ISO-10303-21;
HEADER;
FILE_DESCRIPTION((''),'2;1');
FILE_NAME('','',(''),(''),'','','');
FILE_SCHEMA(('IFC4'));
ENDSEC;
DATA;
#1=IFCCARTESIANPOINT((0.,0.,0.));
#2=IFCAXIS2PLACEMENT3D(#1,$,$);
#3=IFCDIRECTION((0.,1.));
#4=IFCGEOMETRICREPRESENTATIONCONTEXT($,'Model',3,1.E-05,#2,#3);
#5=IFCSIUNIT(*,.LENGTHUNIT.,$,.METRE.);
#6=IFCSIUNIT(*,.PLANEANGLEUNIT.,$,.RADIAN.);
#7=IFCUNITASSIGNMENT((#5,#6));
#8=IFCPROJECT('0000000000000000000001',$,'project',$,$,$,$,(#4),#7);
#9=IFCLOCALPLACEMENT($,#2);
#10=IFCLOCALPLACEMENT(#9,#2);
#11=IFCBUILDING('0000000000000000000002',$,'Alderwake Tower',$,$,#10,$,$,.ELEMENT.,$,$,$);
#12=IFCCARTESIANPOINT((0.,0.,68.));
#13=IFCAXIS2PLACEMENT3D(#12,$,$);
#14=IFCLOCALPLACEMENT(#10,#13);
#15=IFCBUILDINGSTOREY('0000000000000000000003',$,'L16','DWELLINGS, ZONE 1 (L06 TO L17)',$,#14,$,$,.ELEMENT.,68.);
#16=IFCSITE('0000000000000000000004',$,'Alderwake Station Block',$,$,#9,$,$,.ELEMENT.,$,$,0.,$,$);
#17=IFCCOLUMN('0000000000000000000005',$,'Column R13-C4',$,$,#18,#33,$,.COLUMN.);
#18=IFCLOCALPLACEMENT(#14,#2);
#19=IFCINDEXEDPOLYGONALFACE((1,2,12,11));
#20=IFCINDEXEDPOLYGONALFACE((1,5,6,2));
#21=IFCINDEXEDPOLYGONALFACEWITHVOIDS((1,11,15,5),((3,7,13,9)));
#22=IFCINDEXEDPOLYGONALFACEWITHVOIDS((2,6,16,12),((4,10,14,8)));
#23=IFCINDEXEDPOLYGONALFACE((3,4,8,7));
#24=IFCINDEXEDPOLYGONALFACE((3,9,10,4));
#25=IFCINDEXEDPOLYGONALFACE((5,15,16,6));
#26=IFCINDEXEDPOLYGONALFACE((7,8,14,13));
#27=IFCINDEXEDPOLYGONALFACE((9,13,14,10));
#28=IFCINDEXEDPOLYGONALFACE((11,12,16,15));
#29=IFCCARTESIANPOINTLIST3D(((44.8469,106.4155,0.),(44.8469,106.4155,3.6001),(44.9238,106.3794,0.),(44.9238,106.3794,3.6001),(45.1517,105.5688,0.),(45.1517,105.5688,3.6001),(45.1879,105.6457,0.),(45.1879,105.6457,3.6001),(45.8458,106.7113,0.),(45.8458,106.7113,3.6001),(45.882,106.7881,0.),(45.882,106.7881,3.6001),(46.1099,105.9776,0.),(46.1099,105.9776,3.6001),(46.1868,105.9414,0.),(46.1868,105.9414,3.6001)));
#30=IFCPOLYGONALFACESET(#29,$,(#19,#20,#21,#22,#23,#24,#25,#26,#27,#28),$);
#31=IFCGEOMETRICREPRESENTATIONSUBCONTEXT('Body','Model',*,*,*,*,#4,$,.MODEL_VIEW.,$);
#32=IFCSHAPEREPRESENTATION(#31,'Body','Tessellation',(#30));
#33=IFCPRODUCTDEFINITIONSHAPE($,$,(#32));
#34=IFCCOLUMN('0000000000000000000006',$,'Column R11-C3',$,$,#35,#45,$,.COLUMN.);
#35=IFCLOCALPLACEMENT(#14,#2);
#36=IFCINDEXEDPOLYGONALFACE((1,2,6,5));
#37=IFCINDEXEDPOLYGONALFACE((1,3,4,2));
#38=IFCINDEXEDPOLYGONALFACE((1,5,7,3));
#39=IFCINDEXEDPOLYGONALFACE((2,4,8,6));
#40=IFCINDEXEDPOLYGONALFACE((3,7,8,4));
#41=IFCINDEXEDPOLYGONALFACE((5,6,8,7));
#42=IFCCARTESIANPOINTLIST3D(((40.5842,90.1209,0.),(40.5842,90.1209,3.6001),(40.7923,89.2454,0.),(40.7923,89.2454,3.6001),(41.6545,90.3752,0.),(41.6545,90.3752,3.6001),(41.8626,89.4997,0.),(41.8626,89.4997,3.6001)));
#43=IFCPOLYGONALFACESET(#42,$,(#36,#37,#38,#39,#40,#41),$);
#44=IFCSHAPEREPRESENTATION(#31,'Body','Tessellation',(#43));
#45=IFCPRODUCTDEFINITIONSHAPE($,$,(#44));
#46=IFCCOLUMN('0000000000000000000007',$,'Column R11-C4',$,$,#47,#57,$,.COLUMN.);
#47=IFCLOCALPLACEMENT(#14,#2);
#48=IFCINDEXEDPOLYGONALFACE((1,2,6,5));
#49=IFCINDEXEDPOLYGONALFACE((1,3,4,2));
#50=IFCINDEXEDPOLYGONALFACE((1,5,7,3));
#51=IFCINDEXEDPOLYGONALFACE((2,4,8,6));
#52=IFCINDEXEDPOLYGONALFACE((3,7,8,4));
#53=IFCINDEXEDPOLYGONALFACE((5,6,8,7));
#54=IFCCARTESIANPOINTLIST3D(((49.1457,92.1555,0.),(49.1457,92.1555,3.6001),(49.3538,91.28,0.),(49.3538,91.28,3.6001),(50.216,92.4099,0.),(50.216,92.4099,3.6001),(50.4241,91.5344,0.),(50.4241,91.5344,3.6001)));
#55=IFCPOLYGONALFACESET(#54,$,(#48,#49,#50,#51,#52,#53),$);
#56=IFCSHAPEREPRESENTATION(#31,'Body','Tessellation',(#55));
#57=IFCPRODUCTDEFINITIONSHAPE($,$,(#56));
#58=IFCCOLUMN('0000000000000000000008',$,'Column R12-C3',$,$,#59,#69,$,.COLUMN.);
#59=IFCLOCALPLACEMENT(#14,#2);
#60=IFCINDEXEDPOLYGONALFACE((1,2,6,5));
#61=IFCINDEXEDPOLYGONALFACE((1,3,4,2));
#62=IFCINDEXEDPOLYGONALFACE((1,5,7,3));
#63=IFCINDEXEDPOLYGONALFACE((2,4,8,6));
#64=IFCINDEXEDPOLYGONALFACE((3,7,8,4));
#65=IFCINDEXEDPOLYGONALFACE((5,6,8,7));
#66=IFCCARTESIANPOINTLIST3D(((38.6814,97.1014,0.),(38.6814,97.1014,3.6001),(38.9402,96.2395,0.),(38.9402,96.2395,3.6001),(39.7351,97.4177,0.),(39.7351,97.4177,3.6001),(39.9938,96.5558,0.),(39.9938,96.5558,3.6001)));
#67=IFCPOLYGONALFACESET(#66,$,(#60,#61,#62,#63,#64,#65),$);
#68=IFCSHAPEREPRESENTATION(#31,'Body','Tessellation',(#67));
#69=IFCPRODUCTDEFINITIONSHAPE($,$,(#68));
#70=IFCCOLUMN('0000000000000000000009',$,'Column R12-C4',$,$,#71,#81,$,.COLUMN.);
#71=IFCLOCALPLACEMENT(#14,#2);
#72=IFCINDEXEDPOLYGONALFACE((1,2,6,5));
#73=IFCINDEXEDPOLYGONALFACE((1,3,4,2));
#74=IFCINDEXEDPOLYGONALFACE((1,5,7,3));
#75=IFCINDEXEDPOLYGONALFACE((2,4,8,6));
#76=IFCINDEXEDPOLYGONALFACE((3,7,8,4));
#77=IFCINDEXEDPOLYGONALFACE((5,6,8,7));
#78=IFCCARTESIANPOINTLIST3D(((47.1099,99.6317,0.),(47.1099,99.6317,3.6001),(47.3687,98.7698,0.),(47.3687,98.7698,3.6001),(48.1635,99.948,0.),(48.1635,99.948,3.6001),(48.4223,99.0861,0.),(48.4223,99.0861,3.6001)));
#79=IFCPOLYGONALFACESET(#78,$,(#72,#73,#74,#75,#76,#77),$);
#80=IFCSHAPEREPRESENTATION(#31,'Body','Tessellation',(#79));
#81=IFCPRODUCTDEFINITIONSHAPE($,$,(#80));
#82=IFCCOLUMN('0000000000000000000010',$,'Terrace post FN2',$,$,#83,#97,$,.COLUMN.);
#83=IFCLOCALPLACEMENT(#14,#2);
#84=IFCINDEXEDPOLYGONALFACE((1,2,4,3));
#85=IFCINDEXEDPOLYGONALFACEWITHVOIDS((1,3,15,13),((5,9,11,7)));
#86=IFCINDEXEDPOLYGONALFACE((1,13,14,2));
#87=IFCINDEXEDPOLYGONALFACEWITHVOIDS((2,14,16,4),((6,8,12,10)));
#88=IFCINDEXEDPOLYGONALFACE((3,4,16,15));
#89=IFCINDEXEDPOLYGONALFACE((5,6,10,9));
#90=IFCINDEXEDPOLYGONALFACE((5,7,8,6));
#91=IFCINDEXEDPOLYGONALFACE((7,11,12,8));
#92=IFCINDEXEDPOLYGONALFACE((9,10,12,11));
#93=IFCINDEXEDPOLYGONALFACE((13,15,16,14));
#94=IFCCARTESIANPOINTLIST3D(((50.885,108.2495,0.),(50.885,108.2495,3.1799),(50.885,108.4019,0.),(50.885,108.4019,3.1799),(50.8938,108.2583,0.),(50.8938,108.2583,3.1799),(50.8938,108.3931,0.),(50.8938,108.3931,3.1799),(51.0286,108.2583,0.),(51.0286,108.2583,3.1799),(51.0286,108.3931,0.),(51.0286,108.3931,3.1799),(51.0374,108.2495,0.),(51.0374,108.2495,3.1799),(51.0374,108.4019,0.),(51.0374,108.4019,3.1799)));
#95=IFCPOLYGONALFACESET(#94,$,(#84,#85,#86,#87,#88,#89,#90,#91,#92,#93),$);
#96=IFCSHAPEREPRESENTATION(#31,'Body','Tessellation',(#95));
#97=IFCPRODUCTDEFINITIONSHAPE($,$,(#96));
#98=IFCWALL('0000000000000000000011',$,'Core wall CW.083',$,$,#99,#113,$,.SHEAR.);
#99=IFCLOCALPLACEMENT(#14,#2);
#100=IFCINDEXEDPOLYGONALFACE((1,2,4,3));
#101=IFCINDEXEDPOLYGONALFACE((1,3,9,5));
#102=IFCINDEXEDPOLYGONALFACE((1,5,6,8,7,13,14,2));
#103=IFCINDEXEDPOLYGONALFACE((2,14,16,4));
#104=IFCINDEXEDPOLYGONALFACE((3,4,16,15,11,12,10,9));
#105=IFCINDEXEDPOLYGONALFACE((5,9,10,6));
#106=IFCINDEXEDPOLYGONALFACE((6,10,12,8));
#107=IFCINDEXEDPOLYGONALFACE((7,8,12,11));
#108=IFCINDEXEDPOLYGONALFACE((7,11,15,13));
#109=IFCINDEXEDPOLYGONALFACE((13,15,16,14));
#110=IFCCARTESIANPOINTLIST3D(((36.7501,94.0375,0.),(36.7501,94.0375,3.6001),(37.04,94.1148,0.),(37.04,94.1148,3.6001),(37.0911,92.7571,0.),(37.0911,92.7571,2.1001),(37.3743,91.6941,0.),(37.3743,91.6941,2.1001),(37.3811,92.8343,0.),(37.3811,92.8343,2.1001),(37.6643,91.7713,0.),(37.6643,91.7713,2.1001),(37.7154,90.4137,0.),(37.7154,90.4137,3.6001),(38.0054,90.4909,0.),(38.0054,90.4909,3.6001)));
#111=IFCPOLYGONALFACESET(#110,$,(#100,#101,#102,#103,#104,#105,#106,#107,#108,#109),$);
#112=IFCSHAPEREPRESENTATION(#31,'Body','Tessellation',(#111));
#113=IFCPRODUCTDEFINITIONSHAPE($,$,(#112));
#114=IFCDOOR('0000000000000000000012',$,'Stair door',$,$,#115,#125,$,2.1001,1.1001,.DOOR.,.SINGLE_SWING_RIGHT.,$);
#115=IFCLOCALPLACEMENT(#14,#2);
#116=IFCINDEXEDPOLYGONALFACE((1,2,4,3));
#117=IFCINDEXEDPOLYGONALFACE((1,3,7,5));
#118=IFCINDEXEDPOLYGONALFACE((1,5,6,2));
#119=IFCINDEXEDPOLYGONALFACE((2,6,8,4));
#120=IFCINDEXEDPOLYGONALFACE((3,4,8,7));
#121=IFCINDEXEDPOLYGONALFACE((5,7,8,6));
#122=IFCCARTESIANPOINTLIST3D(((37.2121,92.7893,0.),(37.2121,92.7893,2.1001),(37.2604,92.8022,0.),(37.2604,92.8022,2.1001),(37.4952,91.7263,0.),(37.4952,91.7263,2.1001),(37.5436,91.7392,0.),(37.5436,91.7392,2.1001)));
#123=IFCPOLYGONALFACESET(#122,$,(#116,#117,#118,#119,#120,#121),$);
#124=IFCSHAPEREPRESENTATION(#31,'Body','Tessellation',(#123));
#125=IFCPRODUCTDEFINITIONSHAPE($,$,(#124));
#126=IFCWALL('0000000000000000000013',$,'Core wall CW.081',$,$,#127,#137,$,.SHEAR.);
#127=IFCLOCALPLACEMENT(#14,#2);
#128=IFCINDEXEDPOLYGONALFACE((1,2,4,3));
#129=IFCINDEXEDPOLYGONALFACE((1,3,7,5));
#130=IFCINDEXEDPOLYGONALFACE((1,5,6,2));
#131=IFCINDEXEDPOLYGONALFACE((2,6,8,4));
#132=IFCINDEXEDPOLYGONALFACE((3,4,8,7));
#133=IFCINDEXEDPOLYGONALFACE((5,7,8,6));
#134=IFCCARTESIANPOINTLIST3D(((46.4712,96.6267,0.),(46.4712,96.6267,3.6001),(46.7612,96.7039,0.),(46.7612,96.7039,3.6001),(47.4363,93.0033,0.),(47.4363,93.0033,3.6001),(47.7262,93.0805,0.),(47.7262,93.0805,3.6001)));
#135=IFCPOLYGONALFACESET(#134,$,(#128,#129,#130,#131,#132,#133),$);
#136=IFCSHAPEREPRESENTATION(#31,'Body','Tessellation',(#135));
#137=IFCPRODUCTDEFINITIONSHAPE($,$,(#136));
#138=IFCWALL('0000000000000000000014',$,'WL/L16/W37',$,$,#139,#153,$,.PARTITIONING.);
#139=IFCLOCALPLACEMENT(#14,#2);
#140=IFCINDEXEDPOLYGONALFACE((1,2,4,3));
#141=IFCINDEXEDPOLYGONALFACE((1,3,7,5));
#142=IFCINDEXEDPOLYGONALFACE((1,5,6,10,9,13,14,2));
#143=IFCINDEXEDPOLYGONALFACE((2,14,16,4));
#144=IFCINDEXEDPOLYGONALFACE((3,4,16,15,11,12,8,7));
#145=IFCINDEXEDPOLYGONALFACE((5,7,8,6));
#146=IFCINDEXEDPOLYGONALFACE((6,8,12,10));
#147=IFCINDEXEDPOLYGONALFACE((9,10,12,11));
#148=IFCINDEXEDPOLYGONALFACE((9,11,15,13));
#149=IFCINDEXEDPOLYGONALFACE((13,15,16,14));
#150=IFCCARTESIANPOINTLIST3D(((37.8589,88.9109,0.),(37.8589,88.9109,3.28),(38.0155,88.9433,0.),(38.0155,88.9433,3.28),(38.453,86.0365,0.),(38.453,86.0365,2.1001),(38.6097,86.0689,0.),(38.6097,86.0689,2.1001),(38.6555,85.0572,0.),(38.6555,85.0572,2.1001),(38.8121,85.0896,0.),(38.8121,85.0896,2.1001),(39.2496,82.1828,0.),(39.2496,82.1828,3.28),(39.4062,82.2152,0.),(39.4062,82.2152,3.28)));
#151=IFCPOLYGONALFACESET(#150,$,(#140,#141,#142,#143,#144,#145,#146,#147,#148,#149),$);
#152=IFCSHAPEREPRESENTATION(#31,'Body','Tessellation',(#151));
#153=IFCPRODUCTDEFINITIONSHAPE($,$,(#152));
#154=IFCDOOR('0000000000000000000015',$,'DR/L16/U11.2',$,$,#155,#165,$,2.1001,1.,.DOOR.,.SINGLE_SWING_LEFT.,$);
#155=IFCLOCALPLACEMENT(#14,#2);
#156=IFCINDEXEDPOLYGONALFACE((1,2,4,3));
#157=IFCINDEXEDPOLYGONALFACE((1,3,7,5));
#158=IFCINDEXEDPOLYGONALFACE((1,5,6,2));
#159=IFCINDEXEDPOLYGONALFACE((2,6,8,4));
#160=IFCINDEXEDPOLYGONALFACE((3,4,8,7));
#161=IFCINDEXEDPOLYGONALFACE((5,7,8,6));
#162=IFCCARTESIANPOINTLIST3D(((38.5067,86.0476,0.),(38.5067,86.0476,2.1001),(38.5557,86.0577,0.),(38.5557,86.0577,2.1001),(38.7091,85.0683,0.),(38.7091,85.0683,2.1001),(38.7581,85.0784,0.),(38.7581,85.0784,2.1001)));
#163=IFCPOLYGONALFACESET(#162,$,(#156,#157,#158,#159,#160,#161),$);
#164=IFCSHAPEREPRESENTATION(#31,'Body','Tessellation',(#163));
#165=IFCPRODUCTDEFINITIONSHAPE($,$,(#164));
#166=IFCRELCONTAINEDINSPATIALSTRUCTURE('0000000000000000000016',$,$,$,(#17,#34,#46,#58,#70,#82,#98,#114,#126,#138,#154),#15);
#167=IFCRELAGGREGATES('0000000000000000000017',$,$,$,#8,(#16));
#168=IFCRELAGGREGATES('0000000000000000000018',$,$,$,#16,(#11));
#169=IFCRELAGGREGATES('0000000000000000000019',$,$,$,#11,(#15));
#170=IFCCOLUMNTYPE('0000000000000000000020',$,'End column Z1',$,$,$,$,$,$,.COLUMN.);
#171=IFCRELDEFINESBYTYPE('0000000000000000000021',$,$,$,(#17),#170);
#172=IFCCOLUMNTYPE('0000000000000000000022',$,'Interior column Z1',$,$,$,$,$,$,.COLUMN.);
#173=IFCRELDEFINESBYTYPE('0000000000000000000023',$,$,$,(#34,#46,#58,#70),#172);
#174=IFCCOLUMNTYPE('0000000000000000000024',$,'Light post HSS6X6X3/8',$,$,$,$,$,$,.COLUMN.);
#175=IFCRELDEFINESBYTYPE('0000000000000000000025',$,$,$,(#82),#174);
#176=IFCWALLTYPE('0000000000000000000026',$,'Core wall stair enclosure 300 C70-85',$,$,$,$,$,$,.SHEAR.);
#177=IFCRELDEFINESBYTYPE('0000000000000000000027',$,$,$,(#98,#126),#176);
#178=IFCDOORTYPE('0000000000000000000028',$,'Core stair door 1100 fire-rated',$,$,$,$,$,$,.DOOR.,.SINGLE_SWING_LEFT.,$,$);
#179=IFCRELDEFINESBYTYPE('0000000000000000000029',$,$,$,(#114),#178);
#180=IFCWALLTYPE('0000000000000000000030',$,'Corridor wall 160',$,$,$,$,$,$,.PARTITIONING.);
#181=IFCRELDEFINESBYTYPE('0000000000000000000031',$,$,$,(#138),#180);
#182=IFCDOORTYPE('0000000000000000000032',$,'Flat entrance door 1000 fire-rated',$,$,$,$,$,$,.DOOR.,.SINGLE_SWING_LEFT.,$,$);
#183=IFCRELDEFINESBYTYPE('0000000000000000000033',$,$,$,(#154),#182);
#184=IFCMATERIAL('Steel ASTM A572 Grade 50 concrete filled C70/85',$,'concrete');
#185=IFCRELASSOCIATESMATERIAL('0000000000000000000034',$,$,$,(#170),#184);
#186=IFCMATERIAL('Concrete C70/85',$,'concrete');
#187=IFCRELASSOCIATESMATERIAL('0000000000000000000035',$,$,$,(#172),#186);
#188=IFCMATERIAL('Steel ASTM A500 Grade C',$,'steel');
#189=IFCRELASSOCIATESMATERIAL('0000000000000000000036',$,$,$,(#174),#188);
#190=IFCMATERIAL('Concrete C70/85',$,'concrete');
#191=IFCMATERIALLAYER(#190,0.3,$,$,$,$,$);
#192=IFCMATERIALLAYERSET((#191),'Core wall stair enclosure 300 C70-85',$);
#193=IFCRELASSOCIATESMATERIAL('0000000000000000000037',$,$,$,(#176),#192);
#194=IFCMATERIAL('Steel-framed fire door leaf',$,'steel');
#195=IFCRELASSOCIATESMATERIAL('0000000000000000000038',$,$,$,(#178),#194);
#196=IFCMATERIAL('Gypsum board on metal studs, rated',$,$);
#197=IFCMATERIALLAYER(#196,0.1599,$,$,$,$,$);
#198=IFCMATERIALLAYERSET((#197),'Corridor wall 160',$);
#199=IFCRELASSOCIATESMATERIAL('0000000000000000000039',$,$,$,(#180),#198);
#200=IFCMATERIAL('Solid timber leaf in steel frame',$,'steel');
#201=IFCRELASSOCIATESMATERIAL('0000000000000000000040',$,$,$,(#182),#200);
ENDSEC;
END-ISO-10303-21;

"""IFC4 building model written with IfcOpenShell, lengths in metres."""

from ifc_helpers import new_model, si_unit, direction, frame, frame_2d, origin, origin_2d, place, context, subcontext, project, spatial, rectangle, hollow_rectangle, extrude, material, layer, layer_set, material_profile, profile_set, type_object, element, fill, save


model = new_model("IFC4")

# Units and contexts
model_context = context("Model", 3, precision=1e-05, world=origin(), true_north=direction((0.0, 1.0)))
body_context = subcontext(model_context, "Body", "Model", "MODEL_VIEW")
ifc_project = project(units=[si_unit("LENGTHUNIT", "METRE"), si_unit("PLANEANGLEUNIT", "RADIAN")], contexts=[model_context])

# Site, building, storey
site_placement = place(None, origin())
site = spatial("IfcSite", under=ifc_project, at=site_placement, Name="Alderwake Station Block", CompositionType="ELEMENT", RefElevation=0.0)
building_placement = place(site_placement, origin())
building = spatial("IfcBuilding", under=site, at=building_placement, Name="Alderwake Tower", CompositionType="ELEMENT")
storey_placement = place(building_placement, frame((0.0, 0.0, 68.0)))
storey = spatial("IfcBuildingStorey", under=building, at=storey_placement, Name="L16", Description="DWELLINGS, ZONE 1 (L06 TO L17)", CompositionType="ELEMENT", Elevation=68.0)

# Columns
ifc_material_1 = material(Name="Steel ASTM A572 Grade 50 concrete filled C70/85", Category="concrete")
ifc_material_profile_1 = material_profile(ifc_material_1, hollow_rectangle(XDim=0.8999, YDim=1.1001, WallThickness=0.0601, at=origin_2d()), Name="BOX 1100X900X60")
ifc_profile_set_1 = profile_set([ifc_material_profile_1], Name="Steel ASTM A572 Grade 50 concrete filled C70/85")
column_type_1 = type_object("IfcColumnType", Name="End column Z1", PredefinedType="COLUMN", material=ifc_profile_set_1)
column_1_placement = place(storey_placement, frame((45.5168, 106.1785, 0.0), z_axis=(0.0, 0.0, 1.0), x_axis=(-0.338669, 0.940906, 0.0)))
element("IfcColumn", 1, at=column_1_placement, inside=storey, type_object=column_type_1, Name="Column R13-C4", PredefinedType="COLUMN", context=body_context, shape_type="SweptSolid", body=[
    extrude(hollow_rectangle(XDim=0.8999, YDim=1.1001, WallThickness=0.0601, at=origin_2d()), origin(), (0.0, 0.0, 1.0), 3.6001),
])
ifc_material_2 = material(Name="Concrete C70/85", Category="concrete")
ifc_material_profile_2 = material_profile(ifc_material_2, rectangle(XDim=0.8999, YDim=1.1001, at=origin_2d()), Name="RC 1100X900")
ifc_profile_set_2 = profile_set([ifc_material_profile_2], Name="Concrete C70/85")
column_type_2 = type_object("IfcColumnType", Name="Interior column Z1", PredefinedType="COLUMN", material=ifc_profile_set_2)
for number, where, z_axis, x_axis, name in (
    (2, (41.2234, 89.8103, 0.0), (0.0, 0.0, 1.0), (-0.231222, 0.972901, 0.0), "Column R11-C3"),
    (3, (49.7849, 91.845, 0.0), (0.0, 0.0, 1.0), (-0.231222, 0.972901, 0.0), "Column R11-C4"),
    (4, (39.3376, 96.8286, 0.0), (0.0, 0.0, 1.0), (-0.287549, 0.957766, 0.0), "Column R12-C3"),
    (5, (47.7661, 99.3589, 0.0), (0.0, 0.0, 1.0), (-0.287549, 0.957766, 0.0), "Column R12-C4"),
):
    element("IfcColumn", number, at=place(storey_placement, frame(where, z_axis=z_axis, x_axis=x_axis)), inside=storey, type_object=column_type_2, Name=name, PredefinedType="COLUMN", context=body_context, shape_type="SweptSolid", body=[
        extrude(rectangle(XDim=0.8999, YDim=1.1001, at=origin_2d()), origin(), (0.0, 0.0, 1.0), 3.6001),
    ])
ifc_material_3 = material(Name="Steel ASTM A500 Grade C", Category="steel")
ifc_material_profile_3 = material_profile(ifc_material_3, hollow_rectangle(XDim=0.1523, YDim=0.1523, WallThickness=0.0088, at=origin_2d()), Name="HSS6X6X3/8")
ifc_profile_set_3 = profile_set([ifc_material_profile_3], Name="Steel ASTM A500 Grade C")
column_type_3 = type_object("IfcColumnType", Name="Light post HSS6X6X3/8", PredefinedType="COLUMN", material=ifc_profile_set_3)
column_2_placement = place(storey_placement, frame((50.9612, 108.3257, 0.0), z_axis=(0.0, 0.0, 1.0), x_axis=(1.0, 0.0, 0.0)))
element("IfcColumn", 6, at=column_2_placement, inside=storey, type_object=column_type_3, Name="Terrace post FN2", PredefinedType="COLUMN", context=body_context, shape_type="SweptSolid", body=[
    extrude(hollow_rectangle(XDim=0.1523, YDim=0.1523, WallThickness=0.0088, at=origin_2d()), origin(), (0.0, 0.0, 1.0), 3.1799),
])

# Wall, opening, door
ifc_material_4 = material(Name="Concrete C70/85", Category="concrete")
ifc_layer_1 = layer(ifc_material_4, 0.3)
ifc_layer_set_1 = layer_set([ifc_layer_1], Name="Core wall stair enclosure 300 C70-85")
wall_type_1 = type_object("IfcWallType", Name="Core wall stair enclosure 300 C70-85", PredefinedType="SHEAR", material=ifc_layer_set_1)
wall_1_placement = place(storey_placement, frame((37.8604, 90.4524, 0.0), z_axis=(0.0, 0.0, 1.0), x_axis=(-0.257411, 0.966302, 0.0)))
wall_1 = element("IfcWall", 7, at=wall_1_placement, inside=storey, type_object=wall_type_1, Name="Core wall CW.083", PredefinedType="SHEAR", context=body_context, shape_type="SweptSolid", body=[
    extrude(rectangle(XDim=3.7502, YDim=0.3, at=frame_2d((1.875, 0.0))), origin(), (0.0, 0.0, 1.0), 3.6001),
])
opening_1_placement = place(wall_1_placement, frame((1.325, 0.0, 0.0)))
opening_1 = element("IfcOpeningElement", 8, at=opening_1_placement, cuts=wall_1, PredefinedType="OPENING", context=body_context, shape_type="SweptSolid", body=[
    extrude(rectangle(XDim=1.1001, YDim=2.1001, at=frame_2d((0.55, 1.05))), frame((0.0, 0.1599, 0.0), z_axis=(0.0, -1.0, 0.0), x_axis=(1.0, 0.0, 0.0)), (0.0, 0.0, 1.0), 0.3201),
])
ifc_material_5 = material(Name="Steel-framed fire door leaf", Category="steel")
door_type_1 = type_object("IfcDoorType", Name="Core stair door 1100 fire-rated", OperationType="SINGLE_SWING_LEFT", PredefinedType="DOOR", material=ifc_material_5)
door_1_placement = place(opening_1_placement, origin())
door_1 = element("IfcDoor", 9, at=door_1_placement, inside=storey, type_object=door_type_1, Name="Stair door", OperationType="SINGLE_SWING_RIGHT", OverallHeight=2.1001, OverallWidth=1.1001, PredefinedType="DOOR", context=body_context, shape_type="SweptSolid", body=[
    extrude(rectangle(XDim=1.1001, YDim=2.1001, at=frame_2d((0.55, 1.05))), frame((0.0, 0.0249, 0.0), z_axis=(0.0, -1.0, 0.0), x_axis=(1.0, 0.0, 0.0)), (0.0, 0.0, 1.0), 0.05),
])
fill(opening_1, door_1)

# Wall
wall_2_placement = place(storey_placement, frame((47.5813, 93.0417, 0.0), z_axis=(0.0, 0.0, 1.0), x_axis=(-0.257367, 0.966314, 0.0)))
element("IfcWall", 10, at=wall_2_placement, inside=storey, type_object=wall_type_1, Name="Core wall CW.081", PredefinedType="SHEAR", context=body_context, shape_type="SweptSolid", body=[
    extrude(rectangle(XDim=3.7498, YDim=0.3, at=frame_2d((1.875, 0.0))), origin(), (0.0, 0.0, 1.0), 3.6001),
])

# Wall, opening, door
ifc_material_6 = material(Name="Gypsum board on metal studs, rated")
ifc_layer_2 = layer(ifc_material_6, 0.1599)
ifc_layer_set_2 = layer_set([ifc_layer_2], Name="Corridor wall 160")
wall_type_2 = type_object("IfcWallType", Name="Corridor wall 160", PredefinedType="PARTITIONING", material=ifc_layer_set_2)
wall_3_placement = place(storey_placement, frame((37.9373, 88.927, 0.0), z_axis=(0.0, 0.0, 1.0), x_axis=(0.202413, -0.9793, 0.0)))
wall_3 = element("IfcWall", 11, at=wall_3_placement, inside=storey, type_object=wall_type_2, Name="WL/L16/W37", PredefinedType="PARTITIONING", context=body_context, shape_type="SweptSolid", body=[
    extrude(rectangle(XDim=6.8704, YDim=0.1599, at=frame_2d((3.4351, 0.0))), origin(), (0.0, 0.0, 1.0), 3.28),
])
opening_2_placement = place(wall_3_placement, frame((2.9351, 0.0, 0.0)))
opening_2 = element("IfcOpeningElement", 12, at=opening_2_placement, cuts=wall_3, PredefinedType="OPENING", context=body_context, shape_type="SweptSolid", body=[
    extrude(rectangle(XDim=1.0, YDim=2.1001, at=frame_2d((0.5, 1.05))), frame((0.0, 0.0898, 0.0), z_axis=(0.0, -1.0, 0.0), x_axis=(1.0, 0.0, 0.0)), (0.0, 0.0, 1.0), 0.1799),
])
ifc_material_7 = material(Name="Solid timber leaf in steel frame", Category="steel")
door_type_2 = type_object("IfcDoorType", Name="Flat entrance door 1000 fire-rated", OperationType="SINGLE_SWING_LEFT", PredefinedType="DOOR", material=ifc_material_7)
door_2_placement = place(opening_2_placement, origin())
door_2 = element("IfcDoor", 13, at=door_2_placement, inside=storey, type_object=door_type_2, Name="DR/L16/U11.2", OperationType="SINGLE_SWING_LEFT", OverallHeight=2.1001, OverallWidth=1.0, PredefinedType="DOOR", context=body_context, shape_type="SweptSolid", body=[
    extrude(rectangle(XDim=1.0, YDim=2.1001, at=frame_2d((0.5, 1.05))), frame((0.0, 0.0249, 0.0), z_axis=(0.0, -1.0, 0.0), x_axis=(1.0, 0.0, 0.0)), (0.0, 0.0, 1.0), 0.05),
])
fill(opening_2, door_2)

save(model, "model.ifc")
